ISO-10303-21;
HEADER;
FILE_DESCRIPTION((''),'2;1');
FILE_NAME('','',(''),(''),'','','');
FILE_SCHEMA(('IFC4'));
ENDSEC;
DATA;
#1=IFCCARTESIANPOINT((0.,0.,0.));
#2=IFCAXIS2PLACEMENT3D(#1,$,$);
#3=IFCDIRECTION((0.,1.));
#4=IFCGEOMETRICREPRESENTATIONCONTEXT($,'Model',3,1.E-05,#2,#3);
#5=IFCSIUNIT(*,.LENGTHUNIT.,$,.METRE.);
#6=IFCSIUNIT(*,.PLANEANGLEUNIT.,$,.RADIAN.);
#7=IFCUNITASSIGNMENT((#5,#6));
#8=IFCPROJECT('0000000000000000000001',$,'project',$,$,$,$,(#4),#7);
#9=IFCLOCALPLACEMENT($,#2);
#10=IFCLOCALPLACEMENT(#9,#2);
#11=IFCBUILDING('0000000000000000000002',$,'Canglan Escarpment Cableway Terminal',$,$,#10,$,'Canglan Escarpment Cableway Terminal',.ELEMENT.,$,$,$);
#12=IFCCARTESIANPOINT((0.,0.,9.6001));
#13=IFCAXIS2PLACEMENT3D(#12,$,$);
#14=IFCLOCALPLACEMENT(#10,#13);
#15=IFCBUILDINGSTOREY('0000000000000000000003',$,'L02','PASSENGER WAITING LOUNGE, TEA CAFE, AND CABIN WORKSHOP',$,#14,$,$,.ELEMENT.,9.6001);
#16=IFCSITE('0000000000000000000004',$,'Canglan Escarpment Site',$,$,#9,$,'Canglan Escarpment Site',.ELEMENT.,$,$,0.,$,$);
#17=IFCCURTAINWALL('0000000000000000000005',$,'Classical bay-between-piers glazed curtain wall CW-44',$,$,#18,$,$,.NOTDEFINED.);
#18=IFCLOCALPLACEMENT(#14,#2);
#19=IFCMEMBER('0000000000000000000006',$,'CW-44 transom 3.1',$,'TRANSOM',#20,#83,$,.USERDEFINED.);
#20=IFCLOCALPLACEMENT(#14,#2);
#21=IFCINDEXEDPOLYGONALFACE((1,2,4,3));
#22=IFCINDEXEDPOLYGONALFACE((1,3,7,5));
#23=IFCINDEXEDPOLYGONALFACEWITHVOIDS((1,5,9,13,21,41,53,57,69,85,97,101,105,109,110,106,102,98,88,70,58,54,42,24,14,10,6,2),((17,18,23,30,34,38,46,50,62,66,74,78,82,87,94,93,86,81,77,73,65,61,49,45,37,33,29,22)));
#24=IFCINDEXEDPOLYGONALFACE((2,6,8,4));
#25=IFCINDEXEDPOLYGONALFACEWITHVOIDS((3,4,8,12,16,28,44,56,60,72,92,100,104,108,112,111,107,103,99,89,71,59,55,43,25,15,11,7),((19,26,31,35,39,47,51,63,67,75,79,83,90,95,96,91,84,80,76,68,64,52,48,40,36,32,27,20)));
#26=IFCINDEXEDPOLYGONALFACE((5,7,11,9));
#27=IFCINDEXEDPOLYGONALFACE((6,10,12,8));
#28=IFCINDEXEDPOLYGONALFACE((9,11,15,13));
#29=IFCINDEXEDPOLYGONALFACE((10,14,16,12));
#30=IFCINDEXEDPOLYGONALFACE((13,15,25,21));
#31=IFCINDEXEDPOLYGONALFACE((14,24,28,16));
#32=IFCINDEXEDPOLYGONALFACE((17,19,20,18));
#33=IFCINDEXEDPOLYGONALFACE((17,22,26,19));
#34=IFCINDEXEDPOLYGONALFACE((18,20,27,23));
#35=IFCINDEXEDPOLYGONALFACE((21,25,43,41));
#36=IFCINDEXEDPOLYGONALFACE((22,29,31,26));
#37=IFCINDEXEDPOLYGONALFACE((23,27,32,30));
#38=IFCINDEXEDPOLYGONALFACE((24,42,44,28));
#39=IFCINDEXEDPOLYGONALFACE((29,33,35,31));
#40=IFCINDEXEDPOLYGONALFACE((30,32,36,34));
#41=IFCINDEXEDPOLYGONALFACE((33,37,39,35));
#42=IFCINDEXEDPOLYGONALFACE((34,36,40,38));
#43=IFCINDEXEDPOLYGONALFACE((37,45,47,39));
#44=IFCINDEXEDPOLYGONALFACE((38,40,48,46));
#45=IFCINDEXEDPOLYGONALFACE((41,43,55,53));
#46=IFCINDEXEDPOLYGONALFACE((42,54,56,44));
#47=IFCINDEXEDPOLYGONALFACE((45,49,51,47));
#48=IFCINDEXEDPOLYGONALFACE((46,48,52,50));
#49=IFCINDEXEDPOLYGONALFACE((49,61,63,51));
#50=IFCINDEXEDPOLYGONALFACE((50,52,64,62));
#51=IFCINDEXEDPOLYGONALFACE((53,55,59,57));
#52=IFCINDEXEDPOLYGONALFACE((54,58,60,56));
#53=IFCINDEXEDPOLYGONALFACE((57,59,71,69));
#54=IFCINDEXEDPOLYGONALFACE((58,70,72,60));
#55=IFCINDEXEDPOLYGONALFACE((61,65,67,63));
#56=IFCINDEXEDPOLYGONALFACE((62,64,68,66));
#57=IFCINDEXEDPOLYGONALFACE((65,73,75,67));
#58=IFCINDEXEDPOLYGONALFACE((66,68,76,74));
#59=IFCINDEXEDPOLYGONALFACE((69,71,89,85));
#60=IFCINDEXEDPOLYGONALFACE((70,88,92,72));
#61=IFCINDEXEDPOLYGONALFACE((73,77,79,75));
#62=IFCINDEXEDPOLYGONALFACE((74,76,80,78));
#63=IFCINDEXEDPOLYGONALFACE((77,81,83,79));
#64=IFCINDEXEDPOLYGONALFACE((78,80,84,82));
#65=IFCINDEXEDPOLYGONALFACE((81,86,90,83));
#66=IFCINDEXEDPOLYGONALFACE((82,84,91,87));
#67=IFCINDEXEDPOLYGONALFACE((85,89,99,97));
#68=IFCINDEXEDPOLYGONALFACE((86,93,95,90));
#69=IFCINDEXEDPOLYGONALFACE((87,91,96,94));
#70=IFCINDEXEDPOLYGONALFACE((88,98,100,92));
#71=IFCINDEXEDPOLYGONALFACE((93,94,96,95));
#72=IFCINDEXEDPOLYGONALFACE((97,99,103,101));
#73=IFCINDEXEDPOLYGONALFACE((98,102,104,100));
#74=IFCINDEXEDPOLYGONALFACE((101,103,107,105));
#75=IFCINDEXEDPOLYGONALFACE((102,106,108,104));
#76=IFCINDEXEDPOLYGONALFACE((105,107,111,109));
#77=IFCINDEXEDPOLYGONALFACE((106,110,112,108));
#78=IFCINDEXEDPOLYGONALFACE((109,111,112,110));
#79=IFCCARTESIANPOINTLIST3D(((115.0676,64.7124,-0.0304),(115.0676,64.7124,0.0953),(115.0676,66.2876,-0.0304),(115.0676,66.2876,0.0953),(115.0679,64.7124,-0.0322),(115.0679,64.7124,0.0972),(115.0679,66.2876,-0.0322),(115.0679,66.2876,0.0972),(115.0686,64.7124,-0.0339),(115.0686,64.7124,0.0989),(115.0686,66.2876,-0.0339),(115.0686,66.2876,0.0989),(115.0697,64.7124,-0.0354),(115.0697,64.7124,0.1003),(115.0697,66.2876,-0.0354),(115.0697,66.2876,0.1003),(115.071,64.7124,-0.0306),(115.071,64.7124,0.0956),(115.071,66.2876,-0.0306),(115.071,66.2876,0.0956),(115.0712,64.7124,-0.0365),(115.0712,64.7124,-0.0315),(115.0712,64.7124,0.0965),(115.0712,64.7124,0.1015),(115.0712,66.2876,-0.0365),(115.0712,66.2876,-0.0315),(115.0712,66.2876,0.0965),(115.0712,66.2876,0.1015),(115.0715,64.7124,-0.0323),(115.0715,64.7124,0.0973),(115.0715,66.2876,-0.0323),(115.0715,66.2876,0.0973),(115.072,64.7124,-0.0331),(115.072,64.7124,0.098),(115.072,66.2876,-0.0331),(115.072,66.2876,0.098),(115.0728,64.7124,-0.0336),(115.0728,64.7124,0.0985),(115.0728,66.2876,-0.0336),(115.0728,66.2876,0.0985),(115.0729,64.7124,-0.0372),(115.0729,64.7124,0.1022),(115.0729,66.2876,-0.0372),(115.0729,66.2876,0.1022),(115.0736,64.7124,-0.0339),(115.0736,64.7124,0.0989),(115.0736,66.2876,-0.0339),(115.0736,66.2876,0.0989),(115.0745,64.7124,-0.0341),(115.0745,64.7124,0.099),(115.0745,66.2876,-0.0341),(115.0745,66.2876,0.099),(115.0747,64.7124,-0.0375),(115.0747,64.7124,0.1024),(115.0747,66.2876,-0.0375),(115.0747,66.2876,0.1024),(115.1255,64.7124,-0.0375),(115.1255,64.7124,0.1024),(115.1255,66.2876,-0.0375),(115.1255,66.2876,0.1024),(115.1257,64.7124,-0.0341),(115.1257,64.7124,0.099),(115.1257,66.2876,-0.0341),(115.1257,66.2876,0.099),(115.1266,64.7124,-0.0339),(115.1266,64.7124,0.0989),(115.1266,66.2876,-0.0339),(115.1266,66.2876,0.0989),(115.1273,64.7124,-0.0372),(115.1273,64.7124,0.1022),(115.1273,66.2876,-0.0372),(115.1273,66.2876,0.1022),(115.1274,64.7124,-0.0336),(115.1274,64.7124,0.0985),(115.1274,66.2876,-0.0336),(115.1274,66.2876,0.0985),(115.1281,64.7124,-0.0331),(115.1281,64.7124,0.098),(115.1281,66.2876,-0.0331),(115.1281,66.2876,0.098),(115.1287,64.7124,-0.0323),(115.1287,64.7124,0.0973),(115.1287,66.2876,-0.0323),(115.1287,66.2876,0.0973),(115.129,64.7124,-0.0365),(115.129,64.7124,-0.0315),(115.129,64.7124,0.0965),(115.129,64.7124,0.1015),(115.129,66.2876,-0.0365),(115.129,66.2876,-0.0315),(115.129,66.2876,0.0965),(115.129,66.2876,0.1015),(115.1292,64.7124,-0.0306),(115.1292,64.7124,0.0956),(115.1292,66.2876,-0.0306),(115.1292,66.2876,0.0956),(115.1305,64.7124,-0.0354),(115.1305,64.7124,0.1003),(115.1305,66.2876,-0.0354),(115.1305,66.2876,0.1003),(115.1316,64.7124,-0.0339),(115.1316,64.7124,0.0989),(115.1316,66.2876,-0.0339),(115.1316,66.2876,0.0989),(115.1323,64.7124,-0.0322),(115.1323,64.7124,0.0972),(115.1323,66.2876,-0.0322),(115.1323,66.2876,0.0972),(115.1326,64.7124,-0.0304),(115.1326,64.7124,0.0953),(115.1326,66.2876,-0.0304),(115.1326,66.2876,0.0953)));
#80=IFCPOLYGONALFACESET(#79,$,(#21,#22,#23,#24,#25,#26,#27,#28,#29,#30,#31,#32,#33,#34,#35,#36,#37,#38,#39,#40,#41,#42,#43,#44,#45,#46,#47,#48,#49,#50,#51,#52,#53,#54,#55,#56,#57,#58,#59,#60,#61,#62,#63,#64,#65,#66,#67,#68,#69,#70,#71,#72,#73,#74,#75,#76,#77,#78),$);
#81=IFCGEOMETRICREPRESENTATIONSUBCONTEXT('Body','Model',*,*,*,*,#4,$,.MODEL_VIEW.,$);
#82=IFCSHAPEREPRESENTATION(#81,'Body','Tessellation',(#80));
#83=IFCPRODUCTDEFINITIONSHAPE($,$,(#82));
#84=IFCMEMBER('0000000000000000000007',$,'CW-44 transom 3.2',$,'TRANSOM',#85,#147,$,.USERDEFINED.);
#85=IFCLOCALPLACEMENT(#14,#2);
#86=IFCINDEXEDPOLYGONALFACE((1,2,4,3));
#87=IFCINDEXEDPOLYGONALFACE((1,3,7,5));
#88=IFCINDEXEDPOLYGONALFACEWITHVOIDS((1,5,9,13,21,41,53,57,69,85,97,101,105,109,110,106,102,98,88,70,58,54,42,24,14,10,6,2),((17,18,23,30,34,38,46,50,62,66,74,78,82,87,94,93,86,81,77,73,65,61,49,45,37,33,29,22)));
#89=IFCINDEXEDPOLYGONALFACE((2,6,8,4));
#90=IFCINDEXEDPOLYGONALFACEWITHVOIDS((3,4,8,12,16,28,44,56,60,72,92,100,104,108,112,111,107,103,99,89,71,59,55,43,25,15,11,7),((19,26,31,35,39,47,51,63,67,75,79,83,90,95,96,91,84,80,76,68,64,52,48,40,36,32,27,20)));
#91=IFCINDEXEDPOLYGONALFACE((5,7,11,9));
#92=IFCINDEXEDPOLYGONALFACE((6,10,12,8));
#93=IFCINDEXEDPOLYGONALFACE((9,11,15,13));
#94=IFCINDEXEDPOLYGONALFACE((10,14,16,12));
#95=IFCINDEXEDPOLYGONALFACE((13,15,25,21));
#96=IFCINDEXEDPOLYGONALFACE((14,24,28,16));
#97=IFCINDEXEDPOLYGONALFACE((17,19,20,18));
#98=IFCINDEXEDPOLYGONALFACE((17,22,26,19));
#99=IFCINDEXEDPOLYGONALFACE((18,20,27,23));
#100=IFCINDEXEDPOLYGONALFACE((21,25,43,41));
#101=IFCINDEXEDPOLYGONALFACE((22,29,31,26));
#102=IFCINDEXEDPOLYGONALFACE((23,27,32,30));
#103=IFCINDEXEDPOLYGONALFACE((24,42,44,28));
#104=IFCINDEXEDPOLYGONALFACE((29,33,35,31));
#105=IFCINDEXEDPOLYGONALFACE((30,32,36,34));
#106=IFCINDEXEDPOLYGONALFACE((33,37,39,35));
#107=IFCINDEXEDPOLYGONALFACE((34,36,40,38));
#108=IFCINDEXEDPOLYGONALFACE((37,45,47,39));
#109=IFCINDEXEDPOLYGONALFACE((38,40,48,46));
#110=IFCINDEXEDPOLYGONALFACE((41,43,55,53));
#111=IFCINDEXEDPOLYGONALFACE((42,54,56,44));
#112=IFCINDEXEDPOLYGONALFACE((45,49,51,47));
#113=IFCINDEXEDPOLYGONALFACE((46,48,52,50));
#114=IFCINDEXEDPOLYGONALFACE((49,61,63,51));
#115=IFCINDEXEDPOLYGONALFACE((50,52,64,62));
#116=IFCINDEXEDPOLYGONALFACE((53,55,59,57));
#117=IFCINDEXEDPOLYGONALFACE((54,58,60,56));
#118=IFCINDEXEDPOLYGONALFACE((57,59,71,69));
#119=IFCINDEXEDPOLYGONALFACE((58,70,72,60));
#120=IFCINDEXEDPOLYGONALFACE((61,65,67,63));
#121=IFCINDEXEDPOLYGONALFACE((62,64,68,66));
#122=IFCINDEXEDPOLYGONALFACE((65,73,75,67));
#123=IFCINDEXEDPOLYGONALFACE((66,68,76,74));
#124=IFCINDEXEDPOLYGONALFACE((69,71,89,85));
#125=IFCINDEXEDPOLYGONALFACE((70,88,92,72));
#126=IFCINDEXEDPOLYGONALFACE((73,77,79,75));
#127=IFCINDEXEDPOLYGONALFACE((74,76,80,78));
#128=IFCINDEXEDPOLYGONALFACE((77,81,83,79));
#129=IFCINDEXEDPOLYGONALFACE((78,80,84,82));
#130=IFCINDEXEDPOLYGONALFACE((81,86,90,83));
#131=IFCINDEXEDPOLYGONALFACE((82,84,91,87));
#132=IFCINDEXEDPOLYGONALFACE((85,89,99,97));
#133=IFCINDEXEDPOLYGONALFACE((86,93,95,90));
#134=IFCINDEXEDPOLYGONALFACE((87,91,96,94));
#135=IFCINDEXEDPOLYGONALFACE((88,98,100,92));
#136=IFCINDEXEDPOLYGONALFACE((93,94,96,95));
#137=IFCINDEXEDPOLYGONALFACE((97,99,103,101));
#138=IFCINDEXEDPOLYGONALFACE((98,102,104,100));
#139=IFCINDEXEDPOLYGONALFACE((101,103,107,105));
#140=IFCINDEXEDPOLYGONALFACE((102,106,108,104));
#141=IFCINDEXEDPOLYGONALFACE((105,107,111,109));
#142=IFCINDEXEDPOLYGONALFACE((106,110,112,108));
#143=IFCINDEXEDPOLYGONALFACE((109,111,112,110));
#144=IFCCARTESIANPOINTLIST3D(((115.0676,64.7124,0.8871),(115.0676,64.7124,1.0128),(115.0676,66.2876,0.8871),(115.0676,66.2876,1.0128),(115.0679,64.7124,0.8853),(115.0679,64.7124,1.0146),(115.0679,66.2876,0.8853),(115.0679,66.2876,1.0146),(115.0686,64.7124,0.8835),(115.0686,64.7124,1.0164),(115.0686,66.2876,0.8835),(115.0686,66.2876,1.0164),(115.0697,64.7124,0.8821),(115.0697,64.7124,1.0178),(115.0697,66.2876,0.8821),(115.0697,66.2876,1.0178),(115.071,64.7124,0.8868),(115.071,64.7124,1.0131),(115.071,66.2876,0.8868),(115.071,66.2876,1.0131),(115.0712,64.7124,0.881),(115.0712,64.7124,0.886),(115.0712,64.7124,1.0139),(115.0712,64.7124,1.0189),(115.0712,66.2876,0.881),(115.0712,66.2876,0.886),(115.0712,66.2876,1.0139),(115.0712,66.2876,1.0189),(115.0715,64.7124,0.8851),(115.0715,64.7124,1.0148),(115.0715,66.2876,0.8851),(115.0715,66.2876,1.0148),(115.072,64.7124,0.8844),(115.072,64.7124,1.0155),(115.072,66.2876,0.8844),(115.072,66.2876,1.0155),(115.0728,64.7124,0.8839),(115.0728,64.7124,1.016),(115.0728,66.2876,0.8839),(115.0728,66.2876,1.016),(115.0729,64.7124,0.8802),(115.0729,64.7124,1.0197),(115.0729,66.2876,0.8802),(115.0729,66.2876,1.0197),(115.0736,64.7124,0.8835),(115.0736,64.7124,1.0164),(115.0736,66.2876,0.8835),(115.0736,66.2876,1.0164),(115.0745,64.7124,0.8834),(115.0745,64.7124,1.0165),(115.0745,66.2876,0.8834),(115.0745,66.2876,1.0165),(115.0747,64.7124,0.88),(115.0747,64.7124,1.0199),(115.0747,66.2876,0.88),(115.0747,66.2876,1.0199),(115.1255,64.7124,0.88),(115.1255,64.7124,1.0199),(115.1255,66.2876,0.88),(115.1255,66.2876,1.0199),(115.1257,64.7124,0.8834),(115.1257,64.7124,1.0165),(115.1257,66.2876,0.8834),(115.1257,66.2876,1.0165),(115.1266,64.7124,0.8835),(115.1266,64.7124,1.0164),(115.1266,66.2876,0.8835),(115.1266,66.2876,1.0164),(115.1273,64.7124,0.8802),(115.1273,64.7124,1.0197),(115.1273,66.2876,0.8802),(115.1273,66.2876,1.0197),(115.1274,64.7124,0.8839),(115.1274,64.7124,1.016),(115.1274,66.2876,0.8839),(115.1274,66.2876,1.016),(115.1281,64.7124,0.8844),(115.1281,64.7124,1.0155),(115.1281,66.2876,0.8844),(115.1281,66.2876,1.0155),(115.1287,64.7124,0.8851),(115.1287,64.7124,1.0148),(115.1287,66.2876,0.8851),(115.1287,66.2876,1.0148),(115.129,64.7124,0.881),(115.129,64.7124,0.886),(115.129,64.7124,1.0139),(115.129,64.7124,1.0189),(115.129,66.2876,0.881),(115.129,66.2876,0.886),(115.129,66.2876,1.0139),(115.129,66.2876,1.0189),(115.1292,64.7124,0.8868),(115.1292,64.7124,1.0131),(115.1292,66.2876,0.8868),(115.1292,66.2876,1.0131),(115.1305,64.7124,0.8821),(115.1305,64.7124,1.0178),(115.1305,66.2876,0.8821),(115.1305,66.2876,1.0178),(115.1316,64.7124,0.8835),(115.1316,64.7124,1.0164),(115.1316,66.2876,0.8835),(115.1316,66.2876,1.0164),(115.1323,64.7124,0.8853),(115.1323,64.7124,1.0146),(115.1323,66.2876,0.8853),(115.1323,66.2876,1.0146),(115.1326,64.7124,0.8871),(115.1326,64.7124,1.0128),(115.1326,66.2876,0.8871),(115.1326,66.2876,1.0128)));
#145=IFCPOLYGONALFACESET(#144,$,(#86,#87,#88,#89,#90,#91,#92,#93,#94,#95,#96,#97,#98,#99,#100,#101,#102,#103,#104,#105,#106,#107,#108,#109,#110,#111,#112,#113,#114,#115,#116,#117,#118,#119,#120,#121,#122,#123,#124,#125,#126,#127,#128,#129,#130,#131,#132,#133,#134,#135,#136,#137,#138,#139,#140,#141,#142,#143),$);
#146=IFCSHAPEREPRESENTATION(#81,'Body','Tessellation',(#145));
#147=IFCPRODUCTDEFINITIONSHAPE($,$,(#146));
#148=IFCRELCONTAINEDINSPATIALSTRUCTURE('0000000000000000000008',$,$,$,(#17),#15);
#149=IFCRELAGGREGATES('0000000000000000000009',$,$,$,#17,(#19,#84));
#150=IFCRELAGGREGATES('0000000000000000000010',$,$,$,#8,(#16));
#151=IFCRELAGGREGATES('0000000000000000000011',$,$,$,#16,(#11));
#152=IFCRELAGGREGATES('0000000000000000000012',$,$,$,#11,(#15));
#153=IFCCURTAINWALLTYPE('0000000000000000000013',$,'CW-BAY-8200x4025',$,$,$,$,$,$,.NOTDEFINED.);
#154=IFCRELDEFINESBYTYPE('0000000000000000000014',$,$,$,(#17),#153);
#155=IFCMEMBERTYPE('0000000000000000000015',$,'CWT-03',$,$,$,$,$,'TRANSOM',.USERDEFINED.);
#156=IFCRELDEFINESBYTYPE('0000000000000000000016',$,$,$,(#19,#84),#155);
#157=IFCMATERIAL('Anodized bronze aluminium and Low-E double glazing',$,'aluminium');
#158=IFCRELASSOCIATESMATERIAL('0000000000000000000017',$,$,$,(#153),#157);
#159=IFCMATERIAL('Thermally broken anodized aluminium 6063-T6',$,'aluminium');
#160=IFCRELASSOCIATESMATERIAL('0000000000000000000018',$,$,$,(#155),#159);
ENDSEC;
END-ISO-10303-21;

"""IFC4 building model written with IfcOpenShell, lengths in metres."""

from ifc_helpers import new_model, si_unit, direction, frame, origin, origin_2d, place, context, subcontext, project, spatial, hollow_rectangle, extrude, material, material_profile, profile_set, type_object, element, aggregate, save


model = new_model("IFC4")

# Units and contexts
model_context = context("Model", 3, precision=1e-05, world=origin(), true_north=direction((0.0, 1.0)))
body_context = subcontext(model_context, "Body", "Model", "MODEL_VIEW")
ifc_project = project(units=[si_unit("LENGTHUNIT", "METRE"), si_unit("PLANEANGLEUNIT", "RADIAN")], contexts=[model_context])

# Site, building, storey
site_placement = place(None, origin())
site = spatial("IfcSite", under=ifc_project, at=site_placement, Name="Canglan Escarpment Site", LongName="Canglan Escarpment Site", CompositionType="ELEMENT", RefElevation=0.0)
building_placement = place(site_placement, origin())
building = spatial("IfcBuilding", under=site, at=building_placement, Name="Canglan Escarpment Cableway Terminal", LongName="Canglan Escarpment Cableway Terminal", CompositionType="ELEMENT")
storey_placement = place(building_placement, frame((0.0, 0.0, 9.6001)))
storey = spatial("IfcBuildingStorey", under=building, at=storey_placement, Name="L02", Description="PASSENGER WAITING LOUNGE, TEA CAFE, AND CABIN WORKSHOP", CompositionType="ELEMENT", Elevation=9.6001)

# Curtain wall, members
ifc_material_1 = material(Name="Anodized bronze aluminium and Low-E double glazing", Category="aluminium")
curtain_wall_type = type_object("IfcCurtainWallType", Name="CW-BAY-8200x4025", PredefinedType="NOTDEFINED", material=ifc_material_1)
curtain_wall_placement = place(storey_placement, origin())
curtain_wall = element("IfcCurtainWall", 1, at=curtain_wall_placement, inside=storey, type_object=curtain_wall_type, Name="Classical bay-between-piers glazed curtain wall CW-44", PredefinedType="NOTDEFINED")
ifc_material_2 = material(Name="Thermally broken anodized aluminium 6063-T6", Category="aluminium")
ifc_material_profile_1 = material_profile(ifc_material_2, hollow_rectangle(XDim=0.0649, YDim=0.1399, WallThickness=0.0034, InnerFilletRadius=0.0034, OuterFilletRadius=0.0071, at=origin_2d()), Name="ALU-TRAN 65x140x3.5")
ifc_profile_set_1 = profile_set([ifc_material_profile_1], Name="Thermally broken anodized aluminium 6063-T6")
member_type_1 = type_object("IfcMemberType", Name="CWT-03", ElementType="TRANSOM", PredefinedType="USERDEFINED", material=ifc_profile_set_1)
member_1_placement = place(storey_placement, frame((115.1001, 66.2876, 0.0325), z_axis=(0.0, -1.0, 0.0), x_axis=(1.0, 0.0, 0.0)))
member_1 = element("IfcMember", 2, at=member_1_placement, type_object=member_type_1, Name="CW-44 transom 3.1", ObjectType="TRANSOM", PredefinedType="USERDEFINED", context=body_context, shape_type="SweptSolid", body=[
    extrude(hollow_rectangle(XDim=0.0649, YDim=0.1399, WallThickness=0.0034, InnerFilletRadius=0.0034, OuterFilletRadius=0.0071, at=origin_2d()), origin(), (0.0, 0.0, 1.0), 1.5752),
])
member_2_placement = place(storey_placement, frame((115.1001, 66.2876, 0.95), z_axis=(0.0, -1.0, 0.0), x_axis=(1.0, 0.0, 0.0)))
member_2 = element("IfcMember", 3, at=member_2_placement, type_object=member_type_1, Name="CW-44 transom 3.2", ObjectType="TRANSOM", PredefinedType="USERDEFINED", context=body_context, shape_type="SweptSolid", body=[
    extrude(hollow_rectangle(XDim=0.0649, YDim=0.1399, WallThickness=0.0034, InnerFilletRadius=0.0034, OuterFilletRadius=0.0071, at=origin_2d()), origin(), (0.0, 0.0, 1.0), 1.5752),
])

aggregate(curtain_wall, [member_1, member_2])

save(model, "model.ifc")
